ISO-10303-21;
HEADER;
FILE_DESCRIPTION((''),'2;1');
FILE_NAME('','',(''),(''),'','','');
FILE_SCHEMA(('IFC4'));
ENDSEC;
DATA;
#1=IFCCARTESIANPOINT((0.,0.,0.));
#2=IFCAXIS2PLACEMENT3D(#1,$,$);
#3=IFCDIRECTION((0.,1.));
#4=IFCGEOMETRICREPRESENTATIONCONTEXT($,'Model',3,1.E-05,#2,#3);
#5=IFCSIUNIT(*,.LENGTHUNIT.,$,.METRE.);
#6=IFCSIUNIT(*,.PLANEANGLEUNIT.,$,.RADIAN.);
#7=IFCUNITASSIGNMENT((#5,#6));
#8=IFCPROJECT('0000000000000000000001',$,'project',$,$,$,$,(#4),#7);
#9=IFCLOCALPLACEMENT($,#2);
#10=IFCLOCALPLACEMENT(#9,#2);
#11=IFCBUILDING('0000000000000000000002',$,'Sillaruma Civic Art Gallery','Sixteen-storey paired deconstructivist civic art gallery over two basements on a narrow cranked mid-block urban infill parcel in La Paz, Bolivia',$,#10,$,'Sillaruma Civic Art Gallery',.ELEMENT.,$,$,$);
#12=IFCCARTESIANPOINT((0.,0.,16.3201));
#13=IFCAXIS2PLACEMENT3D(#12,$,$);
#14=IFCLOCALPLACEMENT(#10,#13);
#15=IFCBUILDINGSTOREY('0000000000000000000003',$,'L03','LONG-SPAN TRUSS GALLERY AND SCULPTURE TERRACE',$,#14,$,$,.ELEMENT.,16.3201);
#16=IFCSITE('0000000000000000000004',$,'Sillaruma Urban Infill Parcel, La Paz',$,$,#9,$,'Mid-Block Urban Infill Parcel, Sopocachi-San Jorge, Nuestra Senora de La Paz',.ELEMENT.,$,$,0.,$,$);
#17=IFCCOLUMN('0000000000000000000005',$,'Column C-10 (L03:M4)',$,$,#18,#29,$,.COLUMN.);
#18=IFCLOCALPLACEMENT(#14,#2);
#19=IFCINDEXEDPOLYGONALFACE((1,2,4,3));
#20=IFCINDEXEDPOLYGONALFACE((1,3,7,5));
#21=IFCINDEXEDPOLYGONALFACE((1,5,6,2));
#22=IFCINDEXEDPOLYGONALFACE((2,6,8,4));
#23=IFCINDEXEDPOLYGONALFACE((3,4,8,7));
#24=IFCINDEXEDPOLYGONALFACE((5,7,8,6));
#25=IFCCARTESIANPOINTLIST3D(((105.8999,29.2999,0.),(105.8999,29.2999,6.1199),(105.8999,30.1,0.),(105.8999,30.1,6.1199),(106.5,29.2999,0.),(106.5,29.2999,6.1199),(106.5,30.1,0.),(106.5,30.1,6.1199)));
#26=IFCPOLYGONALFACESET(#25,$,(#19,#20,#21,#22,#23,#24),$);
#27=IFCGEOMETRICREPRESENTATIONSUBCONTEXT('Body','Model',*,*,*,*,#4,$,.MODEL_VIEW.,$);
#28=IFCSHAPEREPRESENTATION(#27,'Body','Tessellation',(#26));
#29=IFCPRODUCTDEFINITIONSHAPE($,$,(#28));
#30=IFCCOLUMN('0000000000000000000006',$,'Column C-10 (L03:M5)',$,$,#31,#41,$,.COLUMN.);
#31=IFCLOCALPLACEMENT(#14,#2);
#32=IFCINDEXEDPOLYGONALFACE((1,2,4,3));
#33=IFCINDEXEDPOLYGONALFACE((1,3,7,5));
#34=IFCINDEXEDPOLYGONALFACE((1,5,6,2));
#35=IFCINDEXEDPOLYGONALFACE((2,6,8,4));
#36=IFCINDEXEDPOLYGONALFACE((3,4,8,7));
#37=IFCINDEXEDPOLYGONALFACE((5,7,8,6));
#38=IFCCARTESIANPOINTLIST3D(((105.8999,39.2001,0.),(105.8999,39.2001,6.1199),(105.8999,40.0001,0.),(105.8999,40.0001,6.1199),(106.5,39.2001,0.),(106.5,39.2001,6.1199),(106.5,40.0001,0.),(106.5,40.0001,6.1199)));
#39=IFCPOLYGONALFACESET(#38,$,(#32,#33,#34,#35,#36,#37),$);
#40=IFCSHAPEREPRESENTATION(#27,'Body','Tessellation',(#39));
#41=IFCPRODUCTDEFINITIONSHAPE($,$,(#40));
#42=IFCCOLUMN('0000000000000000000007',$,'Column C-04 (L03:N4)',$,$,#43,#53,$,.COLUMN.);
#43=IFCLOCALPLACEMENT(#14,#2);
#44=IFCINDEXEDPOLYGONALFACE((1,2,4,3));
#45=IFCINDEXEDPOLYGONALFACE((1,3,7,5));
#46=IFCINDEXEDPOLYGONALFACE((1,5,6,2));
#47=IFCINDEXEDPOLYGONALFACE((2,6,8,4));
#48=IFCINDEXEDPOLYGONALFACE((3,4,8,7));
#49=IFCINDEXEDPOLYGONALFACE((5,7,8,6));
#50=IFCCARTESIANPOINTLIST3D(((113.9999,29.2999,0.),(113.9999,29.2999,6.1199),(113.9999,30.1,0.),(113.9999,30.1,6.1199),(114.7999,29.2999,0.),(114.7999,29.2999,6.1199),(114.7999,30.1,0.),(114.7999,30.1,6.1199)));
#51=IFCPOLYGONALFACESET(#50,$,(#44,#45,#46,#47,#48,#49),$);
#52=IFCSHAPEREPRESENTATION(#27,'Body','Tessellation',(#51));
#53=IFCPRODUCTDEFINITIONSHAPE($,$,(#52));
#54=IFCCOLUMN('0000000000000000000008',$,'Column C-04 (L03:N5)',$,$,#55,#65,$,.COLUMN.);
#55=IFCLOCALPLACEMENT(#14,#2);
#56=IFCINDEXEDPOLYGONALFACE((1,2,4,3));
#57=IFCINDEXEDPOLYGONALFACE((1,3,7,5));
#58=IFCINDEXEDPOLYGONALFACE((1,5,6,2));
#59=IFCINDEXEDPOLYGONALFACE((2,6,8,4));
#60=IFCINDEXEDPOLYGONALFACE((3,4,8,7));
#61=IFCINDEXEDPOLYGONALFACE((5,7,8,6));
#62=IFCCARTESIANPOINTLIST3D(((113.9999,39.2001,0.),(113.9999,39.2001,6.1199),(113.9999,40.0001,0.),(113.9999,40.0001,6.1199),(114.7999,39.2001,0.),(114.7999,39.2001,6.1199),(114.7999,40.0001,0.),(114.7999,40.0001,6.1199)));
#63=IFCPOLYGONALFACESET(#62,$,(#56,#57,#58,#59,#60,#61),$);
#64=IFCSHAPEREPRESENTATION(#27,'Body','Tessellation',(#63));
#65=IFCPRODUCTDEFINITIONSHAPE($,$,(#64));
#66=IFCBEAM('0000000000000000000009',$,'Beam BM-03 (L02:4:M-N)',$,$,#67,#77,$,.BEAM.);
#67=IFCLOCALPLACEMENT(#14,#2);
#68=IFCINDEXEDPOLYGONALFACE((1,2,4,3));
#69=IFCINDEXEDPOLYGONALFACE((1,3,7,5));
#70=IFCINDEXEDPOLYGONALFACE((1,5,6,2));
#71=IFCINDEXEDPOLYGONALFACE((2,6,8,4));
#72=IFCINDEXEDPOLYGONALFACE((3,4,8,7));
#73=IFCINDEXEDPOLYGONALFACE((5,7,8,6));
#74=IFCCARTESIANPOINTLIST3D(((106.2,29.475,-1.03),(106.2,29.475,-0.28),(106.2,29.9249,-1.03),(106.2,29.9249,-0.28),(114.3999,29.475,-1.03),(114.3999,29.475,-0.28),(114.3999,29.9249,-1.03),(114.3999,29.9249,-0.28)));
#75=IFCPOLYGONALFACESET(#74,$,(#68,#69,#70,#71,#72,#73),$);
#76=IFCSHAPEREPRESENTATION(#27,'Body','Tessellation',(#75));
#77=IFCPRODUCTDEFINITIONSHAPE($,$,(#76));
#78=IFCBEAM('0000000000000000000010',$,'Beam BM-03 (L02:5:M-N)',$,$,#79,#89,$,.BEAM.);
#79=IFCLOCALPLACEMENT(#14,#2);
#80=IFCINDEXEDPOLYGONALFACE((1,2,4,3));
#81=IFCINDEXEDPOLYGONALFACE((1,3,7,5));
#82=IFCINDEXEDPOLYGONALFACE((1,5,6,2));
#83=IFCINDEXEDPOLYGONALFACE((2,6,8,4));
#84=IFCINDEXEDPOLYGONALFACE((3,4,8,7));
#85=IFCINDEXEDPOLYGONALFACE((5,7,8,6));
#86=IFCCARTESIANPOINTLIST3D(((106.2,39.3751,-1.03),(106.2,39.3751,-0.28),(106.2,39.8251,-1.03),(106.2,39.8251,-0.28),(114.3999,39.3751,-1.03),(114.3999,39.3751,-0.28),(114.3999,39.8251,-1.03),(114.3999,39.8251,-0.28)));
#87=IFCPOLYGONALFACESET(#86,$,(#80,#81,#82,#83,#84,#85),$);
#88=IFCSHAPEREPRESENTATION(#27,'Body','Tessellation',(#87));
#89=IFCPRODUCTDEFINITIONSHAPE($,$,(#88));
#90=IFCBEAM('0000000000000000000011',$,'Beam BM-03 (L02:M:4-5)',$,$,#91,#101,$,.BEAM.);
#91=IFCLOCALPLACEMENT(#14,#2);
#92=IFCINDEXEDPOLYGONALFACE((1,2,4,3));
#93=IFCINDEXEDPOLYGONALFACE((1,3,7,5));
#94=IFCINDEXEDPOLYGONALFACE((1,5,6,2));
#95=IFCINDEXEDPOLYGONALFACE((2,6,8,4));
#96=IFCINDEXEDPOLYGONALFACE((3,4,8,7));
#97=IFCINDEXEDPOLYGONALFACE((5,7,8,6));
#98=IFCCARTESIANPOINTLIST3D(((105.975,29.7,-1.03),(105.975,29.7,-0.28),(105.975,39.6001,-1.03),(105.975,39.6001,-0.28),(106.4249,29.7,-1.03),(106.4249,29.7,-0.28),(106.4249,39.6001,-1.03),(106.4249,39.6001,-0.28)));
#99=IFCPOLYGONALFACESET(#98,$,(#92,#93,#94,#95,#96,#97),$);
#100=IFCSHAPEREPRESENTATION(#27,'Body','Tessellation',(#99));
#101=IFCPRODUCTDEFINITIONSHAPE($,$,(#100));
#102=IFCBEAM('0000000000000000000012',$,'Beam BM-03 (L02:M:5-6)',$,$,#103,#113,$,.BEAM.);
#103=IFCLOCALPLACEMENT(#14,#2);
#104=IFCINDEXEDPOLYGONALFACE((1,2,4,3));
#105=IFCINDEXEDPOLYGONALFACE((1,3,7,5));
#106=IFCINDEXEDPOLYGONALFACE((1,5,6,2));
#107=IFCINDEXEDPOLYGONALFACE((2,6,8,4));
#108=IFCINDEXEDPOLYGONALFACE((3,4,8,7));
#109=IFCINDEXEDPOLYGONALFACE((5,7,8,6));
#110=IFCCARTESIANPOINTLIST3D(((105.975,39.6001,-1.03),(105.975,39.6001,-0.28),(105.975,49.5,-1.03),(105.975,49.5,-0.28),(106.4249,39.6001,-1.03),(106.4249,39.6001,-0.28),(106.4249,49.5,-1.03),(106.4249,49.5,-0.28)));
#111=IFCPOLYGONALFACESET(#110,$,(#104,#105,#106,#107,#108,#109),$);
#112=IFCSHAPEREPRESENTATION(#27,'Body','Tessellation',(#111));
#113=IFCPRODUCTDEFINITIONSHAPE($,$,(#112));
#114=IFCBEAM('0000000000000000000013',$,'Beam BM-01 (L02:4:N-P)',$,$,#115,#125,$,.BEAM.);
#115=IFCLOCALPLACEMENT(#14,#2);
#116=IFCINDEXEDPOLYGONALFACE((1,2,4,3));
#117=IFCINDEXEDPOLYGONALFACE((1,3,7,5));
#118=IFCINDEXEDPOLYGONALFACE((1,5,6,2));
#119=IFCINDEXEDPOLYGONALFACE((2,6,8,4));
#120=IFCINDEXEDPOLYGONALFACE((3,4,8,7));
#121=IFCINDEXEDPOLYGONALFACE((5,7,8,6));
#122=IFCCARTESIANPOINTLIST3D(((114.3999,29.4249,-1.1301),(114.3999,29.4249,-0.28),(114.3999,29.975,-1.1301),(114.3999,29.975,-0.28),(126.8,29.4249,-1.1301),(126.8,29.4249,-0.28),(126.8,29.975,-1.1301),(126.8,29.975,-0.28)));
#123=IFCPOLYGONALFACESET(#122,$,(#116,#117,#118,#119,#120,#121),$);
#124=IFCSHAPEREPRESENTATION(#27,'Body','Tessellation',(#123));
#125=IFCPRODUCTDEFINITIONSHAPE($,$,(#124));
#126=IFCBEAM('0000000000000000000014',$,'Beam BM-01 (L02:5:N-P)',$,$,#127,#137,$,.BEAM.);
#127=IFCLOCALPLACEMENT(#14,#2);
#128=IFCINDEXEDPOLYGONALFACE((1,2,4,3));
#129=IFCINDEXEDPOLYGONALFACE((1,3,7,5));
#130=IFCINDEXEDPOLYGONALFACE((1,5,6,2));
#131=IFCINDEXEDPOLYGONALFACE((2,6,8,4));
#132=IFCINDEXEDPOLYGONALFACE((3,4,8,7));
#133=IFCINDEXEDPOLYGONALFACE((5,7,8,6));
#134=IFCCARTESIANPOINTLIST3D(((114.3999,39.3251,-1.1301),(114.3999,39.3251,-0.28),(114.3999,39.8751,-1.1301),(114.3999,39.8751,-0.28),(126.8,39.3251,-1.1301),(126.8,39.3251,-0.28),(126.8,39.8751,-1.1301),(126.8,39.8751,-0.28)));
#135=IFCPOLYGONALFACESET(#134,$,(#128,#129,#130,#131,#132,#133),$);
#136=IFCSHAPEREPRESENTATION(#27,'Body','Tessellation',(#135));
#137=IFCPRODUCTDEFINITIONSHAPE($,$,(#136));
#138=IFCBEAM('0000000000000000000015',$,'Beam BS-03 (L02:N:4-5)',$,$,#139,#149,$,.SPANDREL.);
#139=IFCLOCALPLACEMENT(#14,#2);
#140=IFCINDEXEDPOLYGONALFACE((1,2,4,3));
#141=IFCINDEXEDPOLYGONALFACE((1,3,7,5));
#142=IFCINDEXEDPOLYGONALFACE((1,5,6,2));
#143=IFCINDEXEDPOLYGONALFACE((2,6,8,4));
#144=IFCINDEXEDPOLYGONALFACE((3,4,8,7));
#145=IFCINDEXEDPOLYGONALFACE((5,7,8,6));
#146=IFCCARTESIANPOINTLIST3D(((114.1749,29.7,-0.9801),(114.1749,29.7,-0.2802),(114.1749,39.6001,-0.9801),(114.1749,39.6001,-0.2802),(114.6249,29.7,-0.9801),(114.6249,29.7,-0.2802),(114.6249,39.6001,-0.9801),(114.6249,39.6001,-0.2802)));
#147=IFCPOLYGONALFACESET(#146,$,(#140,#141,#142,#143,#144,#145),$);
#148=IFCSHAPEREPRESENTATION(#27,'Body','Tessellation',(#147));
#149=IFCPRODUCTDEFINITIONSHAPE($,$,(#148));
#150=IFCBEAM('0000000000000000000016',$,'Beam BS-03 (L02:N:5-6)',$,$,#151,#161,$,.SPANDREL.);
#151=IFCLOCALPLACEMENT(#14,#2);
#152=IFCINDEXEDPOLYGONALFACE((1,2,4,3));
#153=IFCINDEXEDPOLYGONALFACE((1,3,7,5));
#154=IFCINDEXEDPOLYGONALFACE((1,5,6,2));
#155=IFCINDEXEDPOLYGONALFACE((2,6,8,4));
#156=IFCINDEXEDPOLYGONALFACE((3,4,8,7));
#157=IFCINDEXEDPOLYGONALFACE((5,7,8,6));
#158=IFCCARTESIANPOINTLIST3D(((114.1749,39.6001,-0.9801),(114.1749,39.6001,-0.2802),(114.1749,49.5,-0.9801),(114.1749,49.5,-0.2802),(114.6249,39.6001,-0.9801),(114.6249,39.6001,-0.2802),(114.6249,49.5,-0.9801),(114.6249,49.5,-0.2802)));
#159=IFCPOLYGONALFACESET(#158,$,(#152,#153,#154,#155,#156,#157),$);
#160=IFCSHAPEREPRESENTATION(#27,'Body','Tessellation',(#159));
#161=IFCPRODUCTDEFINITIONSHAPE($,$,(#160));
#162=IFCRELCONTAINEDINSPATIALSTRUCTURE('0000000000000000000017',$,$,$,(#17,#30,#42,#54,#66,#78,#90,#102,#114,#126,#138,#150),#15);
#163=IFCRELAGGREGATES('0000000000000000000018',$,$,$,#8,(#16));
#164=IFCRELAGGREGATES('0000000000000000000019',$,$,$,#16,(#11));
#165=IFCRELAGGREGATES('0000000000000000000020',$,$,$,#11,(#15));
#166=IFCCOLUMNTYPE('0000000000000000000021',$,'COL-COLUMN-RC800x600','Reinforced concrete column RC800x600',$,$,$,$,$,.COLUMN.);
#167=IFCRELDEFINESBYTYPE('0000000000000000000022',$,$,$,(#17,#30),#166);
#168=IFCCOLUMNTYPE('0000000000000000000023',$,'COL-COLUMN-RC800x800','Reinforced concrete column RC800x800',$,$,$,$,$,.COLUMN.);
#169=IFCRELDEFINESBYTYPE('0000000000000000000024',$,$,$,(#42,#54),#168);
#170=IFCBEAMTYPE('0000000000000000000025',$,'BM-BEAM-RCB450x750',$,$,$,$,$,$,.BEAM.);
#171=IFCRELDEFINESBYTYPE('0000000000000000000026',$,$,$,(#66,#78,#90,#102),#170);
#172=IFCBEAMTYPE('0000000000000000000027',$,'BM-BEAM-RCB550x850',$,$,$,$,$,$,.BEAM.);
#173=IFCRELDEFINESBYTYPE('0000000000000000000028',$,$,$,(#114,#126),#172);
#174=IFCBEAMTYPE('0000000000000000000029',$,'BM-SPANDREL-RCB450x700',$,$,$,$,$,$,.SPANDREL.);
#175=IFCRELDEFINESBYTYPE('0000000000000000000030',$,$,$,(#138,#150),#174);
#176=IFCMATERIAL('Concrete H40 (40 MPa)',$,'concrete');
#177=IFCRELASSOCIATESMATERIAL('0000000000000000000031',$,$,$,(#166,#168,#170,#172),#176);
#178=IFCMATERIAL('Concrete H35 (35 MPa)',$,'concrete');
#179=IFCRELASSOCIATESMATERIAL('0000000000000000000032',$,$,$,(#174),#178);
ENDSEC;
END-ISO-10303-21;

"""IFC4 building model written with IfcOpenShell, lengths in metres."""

from ifc_helpers import new_model, si_unit, direction, frame, origin, origin_2d, place, context, subcontext, project, spatial, rectangle, extrude, material, material_profile, profile_set, type_object, element, save


model = new_model("IFC4")

# Units and contexts
model_context = context("Model", 3, precision=1e-05, world=origin(), true_north=direction((0.0, 1.0)))
body_context = subcontext(model_context, "Body", "Model", "MODEL_VIEW")
ifc_project = project(units=[si_unit("LENGTHUNIT", "METRE"), si_unit("PLANEANGLEUNIT", "RADIAN")], contexts=[model_context])

# Site, building, storey
site_placement = place(None, origin())
site = spatial("IfcSite", under=ifc_project, at=site_placement, Name="Sillaruma Urban Infill Parcel, La Paz", LongName="Mid-Block Urban Infill Parcel, Sopocachi-San Jorge, Nuestra Senora de La Paz", CompositionType="ELEMENT", RefElevation=0.0)
building_placement = place(site_placement, origin())
building = spatial("IfcBuilding", under=site, at=building_placement, Name="Sillaruma Civic Art Gallery", Description="Sixteen-storey paired deconstructivist civic art gallery over two basements on a narrow cranked mid-block urban infill parcel in La Paz, Bolivia", LongName="Sillaruma Civic Art Gallery", CompositionType="ELEMENT")
storey_placement = place(building_placement, frame((0.0, 0.0, 16.3201)))
storey = spatial("IfcBuildingStorey", under=building, at=storey_placement, Name="L03", Description="LONG-SPAN TRUSS GALLERY AND SCULPTURE TERRACE", CompositionType="ELEMENT", Elevation=16.3201)

# Columns
ifc_material_1 = material(Name="Concrete H40 (40 MPa)", Category="concrete")
ifc_material_profile_1 = material_profile(ifc_material_1, rectangle(XDim=0.6001, YDim=0.8, at=origin_2d()), Name="RC800x600")
ifc_profile_set_1 = profile_set([ifc_material_profile_1], Name="Concrete H40 (40 MPa)")
column_type_1 = type_object("IfcColumnType", Name="COL-COLUMN-RC800x600", Description="Reinforced concrete column RC800x600", PredefinedType="COLUMN", material=ifc_profile_set_1)
for number, where, z_axis, x_axis, name in (
    (1, (106.2, 29.7, 0.0), (0.0, 0.0, 1.0), (1.0, 0.0, 0.0), "Column C-10 (L03:M4)"),
    (2, (106.2, 39.6001, 0.0), (0.0, 0.0, 1.0), (1.0, 0.0, 0.0), "Column C-10 (L03:M5)"),
):
    element("IfcColumn", number, at=place(storey_placement, frame(where, z_axis=z_axis, x_axis=x_axis)), inside=storey, type_object=column_type_1, Name=name, PredefinedType="COLUMN", context=body_context, shape_type="SweptSolid", body=[
        extrude(rectangle(XDim=0.6001, YDim=0.8, at=origin_2d()), origin(), (0.0, 0.0, 1.0), 6.1199),
    ])
ifc_material_profile_2 = material_profile(ifc_material_1, rectangle(XDim=0.8, YDim=0.8, at=origin_2d()), Name="RC800x800")
ifc_profile_set_2 = profile_set([ifc_material_profile_2], Name="Concrete H40 (40 MPa)")
column_type_2 = type_object("IfcColumnType", Name="COL-COLUMN-RC800x800", Description="Reinforced concrete column RC800x800", PredefinedType="COLUMN", material=ifc_profile_set_2)
for number, where, z_axis, x_axis, name in (
    (3, (114.3999, 29.7, 0.0), (0.0, 0.0, 1.0), (1.0, 0.0, 0.0), "Column C-04 (L03:N4)"),
    (4, (114.3999, 39.6001, 0.0), (0.0, 0.0, 1.0), (1.0, 0.0, 0.0), "Column C-04 (L03:N5)"),
):
    element("IfcColumn", number, at=place(storey_placement, frame(where, z_axis=z_axis, x_axis=x_axis)), inside=storey, type_object=column_type_2, Name=name, PredefinedType="COLUMN", context=body_context, shape_type="SweptSolid", body=[
        extrude(rectangle(XDim=0.8, YDim=0.8, at=origin_2d()), origin(), (0.0, 0.0, 1.0), 6.1199),
    ])

# Beams
ifc_material_profile_3 = material_profile(ifc_material_1, rectangle(XDim=0.45, YDim=0.75, at=origin_2d()), Name="RCB450x750")
ifc_profile_set_3 = profile_set([ifc_material_profile_3], Name="Concrete H40 (40 MPa)")
beam_type_1 = type_object("IfcBeamType", Name="BM-BEAM-RCB450x750", PredefinedType="BEAM", material=ifc_profile_set_3)
for number, where, z_axis, x_axis, name in (
    (5, (106.2, 29.7, -0.655), (1.0, 0.0, 0.0), (0.0, 1.0, 0.0), "Beam BM-03 (L02:4:M-N)"),
    (6, (106.2, 39.6001, -0.655), (1.0, 0.0, 0.0), (0.0, 1.0, 0.0), "Beam BM-03 (L02:5:M-N)"),
):
    element("IfcBeam", number, at=place(storey_placement, frame(where, z_axis=z_axis, x_axis=x_axis)), inside=storey, type_object=beam_type_1, Name=name, PredefinedType="BEAM", context=body_context, shape_type="SweptSolid", body=[
        extrude(rectangle(XDim=0.45, YDim=0.75, at=origin_2d()), origin(), (0.0, 0.0, 1.0), 8.2),
    ])
beam_1_placement = place(storey_placement, frame((106.2, 29.7, -0.655), z_axis=(0.0, 1.0, 0.0), x_axis=(-1.0, 0.0, 0.0)))
element("IfcBeam", 7, at=beam_1_placement, inside=storey, type_object=beam_type_1, Name="Beam BM-03 (L02:M:4-5)", PredefinedType="BEAM", context=body_context, shape_type="SweptSolid", body=[
    extrude(rectangle(XDim=0.45, YDim=0.75, at=origin_2d()), origin(), (0.0, 0.0, 1.0), 9.9001),
])
beam_2_placement = place(storey_placement, frame((106.2, 39.6001, -0.655), z_axis=(0.0, 1.0, 0.0), x_axis=(-1.0, 0.0, 0.0)))
element("IfcBeam", 8, at=beam_2_placement, inside=storey, type_object=beam_type_1, Name="Beam BM-03 (L02:M:5-6)", PredefinedType="BEAM", context=body_context, shape_type="SweptSolid", body=[
    extrude(rectangle(XDim=0.45, YDim=0.75, at=origin_2d()), origin(), (0.0, 0.0, 1.0), 9.8999),
])
ifc_material_profile_4 = material_profile(ifc_material_1, rectangle(XDim=0.55, YDim=0.8501, at=origin_2d()), Name="RCB550x850")
ifc_profile_set_4 = profile_set([ifc_material_profile_4], Name="Concrete H40 (40 MPa)")
beam_type_2 = type_object("IfcBeamType", Name="BM-BEAM-RCB550x850", PredefinedType="BEAM", material=ifc_profile_set_4)
for number, where, z_axis, x_axis, name in (
    (9, (114.3999, 29.7, -0.7051), (1.0, 0.0, 0.0), (0.0, 1.0, 0.0), "Beam BM-01 (L02:4:N-P)"),
    (10, (114.3999, 39.6001, -0.7051), (1.0, 0.0, 0.0), (0.0, 1.0, 0.0), "Beam BM-01 (L02:5:N-P)"),
):
    element("IfcBeam", number, at=place(storey_placement, frame(where, z_axis=z_axis, x_axis=x_axis)), inside=storey, type_object=beam_type_2, Name=name, PredefinedType="BEAM", context=body_context, shape_type="SweptSolid", body=[
        extrude(rectangle(XDim=0.55, YDim=0.8501, at=origin_2d()), origin(), (0.0, 0.0, 1.0), 12.4001),
    ])
ifc_material_2 = material(Name="Concrete H35 (35 MPa)", Category="concrete")
ifc_material_profile_5 = material_profile(ifc_material_2, rectangle(XDim=0.45, YDim=0.7, at=origin_2d()), Name="RCB450x700")
ifc_profile_set_5 = profile_set([ifc_material_profile_5], Name="Concrete H35 (35 MPa)")
beam_type_3 = type_object("IfcBeamType", Name="BM-SPANDREL-RCB450x700", PredefinedType="SPANDREL", material=ifc_profile_set_5)
beam_3_placement = place(storey_placement, frame((114.3999, 29.7, -0.6301), z_axis=(0.0, 1.0, 0.0), x_axis=(-1.0, 0.0, 0.0)))
element("IfcBeam", 11, at=beam_3_placement, inside=storey, type_object=beam_type_3, Name="Beam BS-03 (L02:N:4-5)", PredefinedType="SPANDREL", context=body_context, shape_type="SweptSolid", body=[
    extrude(rectangle(XDim=0.45, YDim=0.7, at=origin_2d()), origin(), (0.0, 0.0, 1.0), 9.9001),
])
beam_4_placement = place(storey_placement, frame((114.3999, 39.6001, -0.6301), z_axis=(0.0, 1.0, 0.0), x_axis=(-1.0, 0.0, 0.0)))
element("IfcBeam", 12, at=beam_4_placement, inside=storey, type_object=beam_type_3, Name="Beam BS-03 (L02:N:5-6)", PredefinedType="SPANDREL", context=body_context, shape_type="SweptSolid", body=[
    extrude(rectangle(XDim=0.45, YDim=0.7, at=origin_2d()), origin(), (0.0, 0.0, 1.0), 9.8999),
])

save(model, "model.ifc")
